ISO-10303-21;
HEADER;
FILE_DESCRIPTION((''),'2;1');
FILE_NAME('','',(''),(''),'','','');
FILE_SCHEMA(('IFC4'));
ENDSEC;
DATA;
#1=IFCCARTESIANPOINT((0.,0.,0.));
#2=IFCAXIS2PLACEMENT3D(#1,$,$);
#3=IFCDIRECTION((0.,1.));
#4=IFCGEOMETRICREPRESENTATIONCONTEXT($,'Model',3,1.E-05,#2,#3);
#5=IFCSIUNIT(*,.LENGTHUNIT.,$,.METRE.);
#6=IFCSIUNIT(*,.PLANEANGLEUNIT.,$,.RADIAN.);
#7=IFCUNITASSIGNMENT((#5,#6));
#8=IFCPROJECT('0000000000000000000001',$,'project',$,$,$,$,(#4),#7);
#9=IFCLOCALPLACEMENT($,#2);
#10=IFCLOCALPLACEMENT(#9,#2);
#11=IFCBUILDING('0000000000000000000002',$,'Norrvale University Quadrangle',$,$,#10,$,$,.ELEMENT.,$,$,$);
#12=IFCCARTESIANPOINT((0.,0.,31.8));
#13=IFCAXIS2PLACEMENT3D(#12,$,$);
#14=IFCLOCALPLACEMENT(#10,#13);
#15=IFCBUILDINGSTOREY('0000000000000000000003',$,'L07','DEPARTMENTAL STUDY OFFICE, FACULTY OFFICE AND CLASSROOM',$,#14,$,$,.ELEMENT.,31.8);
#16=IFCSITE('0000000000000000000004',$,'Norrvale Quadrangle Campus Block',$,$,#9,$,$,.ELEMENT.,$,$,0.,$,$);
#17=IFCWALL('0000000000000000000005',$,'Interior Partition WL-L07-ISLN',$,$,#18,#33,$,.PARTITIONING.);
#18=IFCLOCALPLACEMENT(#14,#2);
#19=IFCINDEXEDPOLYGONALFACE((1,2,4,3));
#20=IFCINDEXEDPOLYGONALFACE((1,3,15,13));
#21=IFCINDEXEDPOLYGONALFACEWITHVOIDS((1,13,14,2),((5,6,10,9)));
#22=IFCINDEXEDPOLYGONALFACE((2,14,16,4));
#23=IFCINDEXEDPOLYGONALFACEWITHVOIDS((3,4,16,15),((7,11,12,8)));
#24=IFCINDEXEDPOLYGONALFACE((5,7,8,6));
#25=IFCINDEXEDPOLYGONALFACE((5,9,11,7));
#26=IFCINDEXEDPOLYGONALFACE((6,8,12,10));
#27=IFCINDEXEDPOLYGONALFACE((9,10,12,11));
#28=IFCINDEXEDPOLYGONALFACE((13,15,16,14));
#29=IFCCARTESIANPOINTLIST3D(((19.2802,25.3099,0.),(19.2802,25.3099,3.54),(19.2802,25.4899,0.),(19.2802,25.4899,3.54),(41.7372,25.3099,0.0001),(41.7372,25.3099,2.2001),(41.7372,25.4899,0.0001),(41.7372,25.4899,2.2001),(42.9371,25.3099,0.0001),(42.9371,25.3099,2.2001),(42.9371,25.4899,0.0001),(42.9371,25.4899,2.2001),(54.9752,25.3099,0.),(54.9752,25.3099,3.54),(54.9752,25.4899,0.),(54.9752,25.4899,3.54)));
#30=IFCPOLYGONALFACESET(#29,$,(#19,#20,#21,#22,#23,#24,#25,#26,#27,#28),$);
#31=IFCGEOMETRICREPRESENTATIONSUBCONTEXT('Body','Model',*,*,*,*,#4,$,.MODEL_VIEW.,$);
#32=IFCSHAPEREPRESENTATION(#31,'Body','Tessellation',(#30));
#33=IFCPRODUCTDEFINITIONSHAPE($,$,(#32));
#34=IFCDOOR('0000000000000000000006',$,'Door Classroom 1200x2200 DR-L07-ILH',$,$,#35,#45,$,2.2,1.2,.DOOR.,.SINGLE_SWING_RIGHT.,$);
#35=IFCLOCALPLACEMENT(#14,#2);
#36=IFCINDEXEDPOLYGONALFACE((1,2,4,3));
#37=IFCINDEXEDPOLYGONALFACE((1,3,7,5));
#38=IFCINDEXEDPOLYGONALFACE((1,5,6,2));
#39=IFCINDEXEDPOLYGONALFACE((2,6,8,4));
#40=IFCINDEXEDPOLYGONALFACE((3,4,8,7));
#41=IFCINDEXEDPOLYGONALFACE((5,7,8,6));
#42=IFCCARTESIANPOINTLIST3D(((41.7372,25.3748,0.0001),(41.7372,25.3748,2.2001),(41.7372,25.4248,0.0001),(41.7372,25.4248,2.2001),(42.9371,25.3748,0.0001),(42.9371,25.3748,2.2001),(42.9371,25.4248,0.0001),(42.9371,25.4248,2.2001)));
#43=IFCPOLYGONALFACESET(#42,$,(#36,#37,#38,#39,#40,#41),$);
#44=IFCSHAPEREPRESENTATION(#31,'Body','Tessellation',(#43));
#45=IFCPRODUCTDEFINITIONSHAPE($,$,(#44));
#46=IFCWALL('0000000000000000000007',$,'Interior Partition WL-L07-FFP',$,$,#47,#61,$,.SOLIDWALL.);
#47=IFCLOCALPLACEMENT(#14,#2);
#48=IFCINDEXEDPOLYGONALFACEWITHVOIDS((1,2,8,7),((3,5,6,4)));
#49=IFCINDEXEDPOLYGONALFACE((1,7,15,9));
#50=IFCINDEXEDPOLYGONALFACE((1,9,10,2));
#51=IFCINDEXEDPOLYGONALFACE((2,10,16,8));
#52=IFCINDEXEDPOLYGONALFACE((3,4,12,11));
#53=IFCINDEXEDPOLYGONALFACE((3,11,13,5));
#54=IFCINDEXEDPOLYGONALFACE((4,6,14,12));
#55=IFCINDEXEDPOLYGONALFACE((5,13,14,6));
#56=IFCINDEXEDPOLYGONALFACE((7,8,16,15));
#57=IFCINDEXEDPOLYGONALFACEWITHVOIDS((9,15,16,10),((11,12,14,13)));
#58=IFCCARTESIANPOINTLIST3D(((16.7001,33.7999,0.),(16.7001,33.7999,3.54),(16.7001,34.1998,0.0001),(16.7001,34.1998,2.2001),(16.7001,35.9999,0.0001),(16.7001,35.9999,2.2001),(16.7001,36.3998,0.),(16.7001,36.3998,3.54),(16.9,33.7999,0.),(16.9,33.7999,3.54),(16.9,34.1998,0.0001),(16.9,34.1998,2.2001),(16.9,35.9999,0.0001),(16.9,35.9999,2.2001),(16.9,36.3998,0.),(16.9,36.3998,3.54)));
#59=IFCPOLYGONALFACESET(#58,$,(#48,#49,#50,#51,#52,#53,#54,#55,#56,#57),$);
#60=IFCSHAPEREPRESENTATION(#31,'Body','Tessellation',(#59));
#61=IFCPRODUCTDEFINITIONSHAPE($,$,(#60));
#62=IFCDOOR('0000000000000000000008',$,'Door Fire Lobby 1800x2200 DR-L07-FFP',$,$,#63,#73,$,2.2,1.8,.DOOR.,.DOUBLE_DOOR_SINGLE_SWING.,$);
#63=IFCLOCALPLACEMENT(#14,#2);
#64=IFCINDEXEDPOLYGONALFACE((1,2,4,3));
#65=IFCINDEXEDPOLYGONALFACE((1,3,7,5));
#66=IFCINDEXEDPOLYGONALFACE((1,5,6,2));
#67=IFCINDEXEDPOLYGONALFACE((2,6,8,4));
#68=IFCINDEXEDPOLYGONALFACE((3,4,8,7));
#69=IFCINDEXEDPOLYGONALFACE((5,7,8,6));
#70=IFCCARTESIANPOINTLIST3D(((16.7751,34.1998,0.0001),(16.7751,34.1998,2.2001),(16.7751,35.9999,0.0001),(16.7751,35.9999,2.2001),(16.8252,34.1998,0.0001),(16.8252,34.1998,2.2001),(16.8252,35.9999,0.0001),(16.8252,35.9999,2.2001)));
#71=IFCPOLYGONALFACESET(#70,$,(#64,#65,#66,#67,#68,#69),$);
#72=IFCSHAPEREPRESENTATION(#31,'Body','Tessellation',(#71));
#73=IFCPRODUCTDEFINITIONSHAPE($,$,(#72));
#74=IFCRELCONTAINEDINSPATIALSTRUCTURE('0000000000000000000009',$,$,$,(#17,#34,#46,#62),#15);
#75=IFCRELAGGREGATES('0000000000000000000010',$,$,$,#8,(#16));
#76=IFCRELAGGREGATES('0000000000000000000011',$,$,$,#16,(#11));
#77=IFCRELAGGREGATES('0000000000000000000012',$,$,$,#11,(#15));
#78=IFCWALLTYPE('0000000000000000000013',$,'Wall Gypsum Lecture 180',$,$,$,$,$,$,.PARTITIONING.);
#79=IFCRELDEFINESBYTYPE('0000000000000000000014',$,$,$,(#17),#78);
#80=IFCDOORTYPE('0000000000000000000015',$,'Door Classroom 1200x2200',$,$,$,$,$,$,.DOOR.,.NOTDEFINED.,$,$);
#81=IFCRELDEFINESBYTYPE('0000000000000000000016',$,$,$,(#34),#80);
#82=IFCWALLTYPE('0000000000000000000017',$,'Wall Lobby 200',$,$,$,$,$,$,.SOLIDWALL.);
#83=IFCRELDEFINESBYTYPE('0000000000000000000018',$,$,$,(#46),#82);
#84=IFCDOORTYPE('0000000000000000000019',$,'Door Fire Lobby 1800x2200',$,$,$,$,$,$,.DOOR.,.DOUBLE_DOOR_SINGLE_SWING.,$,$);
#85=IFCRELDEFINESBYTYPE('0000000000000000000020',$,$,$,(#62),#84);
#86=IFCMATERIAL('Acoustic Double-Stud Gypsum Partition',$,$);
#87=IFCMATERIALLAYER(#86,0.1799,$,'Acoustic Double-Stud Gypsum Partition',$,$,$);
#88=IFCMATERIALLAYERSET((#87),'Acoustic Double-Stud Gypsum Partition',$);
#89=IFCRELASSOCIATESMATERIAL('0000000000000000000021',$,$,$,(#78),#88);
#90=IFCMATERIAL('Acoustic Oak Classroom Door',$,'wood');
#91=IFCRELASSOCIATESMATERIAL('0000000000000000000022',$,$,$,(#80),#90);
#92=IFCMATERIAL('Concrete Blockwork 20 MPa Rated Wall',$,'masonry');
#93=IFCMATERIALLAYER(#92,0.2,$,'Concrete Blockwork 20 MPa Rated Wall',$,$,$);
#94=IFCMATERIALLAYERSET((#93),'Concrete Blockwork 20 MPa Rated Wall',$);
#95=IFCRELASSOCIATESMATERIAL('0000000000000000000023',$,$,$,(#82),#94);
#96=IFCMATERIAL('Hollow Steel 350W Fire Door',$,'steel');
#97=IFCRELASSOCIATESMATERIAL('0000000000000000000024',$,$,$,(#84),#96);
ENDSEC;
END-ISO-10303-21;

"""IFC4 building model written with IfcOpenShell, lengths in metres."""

from ifc_helpers import new_model, si_unit, direction, frame, frame_2d, origin, place, context, subcontext, project, spatial, rectangle, extrude, material, layer, layer_set, type_object, element, fill, save


model = new_model("IFC4")

# Units and contexts
model_context = context("Model", 3, precision=1e-05, world=origin(), true_north=direction((0.0, 1.0)))
body_context = subcontext(model_context, "Body", "Model", "MODEL_VIEW")
ifc_project = project(units=[si_unit("LENGTHUNIT", "METRE"), si_unit("PLANEANGLEUNIT", "RADIAN")], contexts=[model_context])

# Site, building, storey
site_placement = place(None, origin())
site = spatial("IfcSite", under=ifc_project, at=site_placement, Name="Norrvale Quadrangle Campus Block", CompositionType="ELEMENT", RefElevation=0.0)
building_placement = place(site_placement, origin())
building = spatial("IfcBuilding", under=site, at=building_placement, Name="Norrvale University Quadrangle", CompositionType="ELEMENT")
storey_placement = place(building_placement, frame((0.0, 0.0, 31.8)))
storey = spatial("IfcBuildingStorey", under=building, at=storey_placement, Name="L07", Description="DEPARTMENTAL STUDY OFFICE, FACULTY OFFICE AND CLASSROOM", CompositionType="ELEMENT", Elevation=31.8)

# Walls, openings, doors
ifc_material_1 = material(Name="Acoustic Double-Stud Gypsum Partition")
ifc_layer_1 = layer(ifc_material_1, 0.1799, Name="Acoustic Double-Stud Gypsum Partition")
ifc_layer_set_1 = layer_set([ifc_layer_1], Name="Acoustic Double-Stud Gypsum Partition")
wall_type_1 = type_object("IfcWallType", Name="Wall Gypsum Lecture 180", PredefinedType="PARTITIONING", material=ifc_layer_set_1)
wall_1_placement = place(storey_placement, frame((19.28, 25.3999, 0.0), z_axis=(0.0, 0.0, 1.0), x_axis=(1.0, 0.0, 0.0)))
wall_1 = element("IfcWall", 1, at=wall_1_placement, inside=storey, type_object=wall_type_1, Name="Interior Partition WL-L07-ISLN", PredefinedType="PARTITIONING", context=body_context, shape_type="SweptSolid", body=[
    extrude(rectangle(XDim=35.6951, YDim=0.1799, at=frame_2d((17.8477, 0.0))), origin(), (0.0, 0.0, 1.0), 3.54),
])
opening_1_placement = place(wall_1_placement, frame((22.457, 0.0, 0.0)))
opening_1 = element("IfcOpeningElement", 2, at=opening_1_placement, cuts=wall_1, PredefinedType="OPENING", context=body_context, shape_type="SweptSolid", body=[
    extrude(rectangle(XDim=1.2, YDim=2.2, at=frame_2d((0.6001, 1.1001))), frame((0.0, 0.1021, 0.0), z_axis=(0.0, -1.0, 0.0), x_axis=(1.0, 0.0, 0.0)), (0.0, 0.0, 1.0), 0.2039),
])
ifc_material_2 = material(Name="Acoustic Oak Classroom Door", Category="wood")
door_type_1 = type_object("IfcDoorType", Name="Door Classroom 1200x2200", OperationType="NOTDEFINED", PredefinedType="DOOR", material=ifc_material_2)
door_1_placement = place(opening_1_placement, origin())
door_1 = element("IfcDoor", 3, at=door_1_placement, inside=storey, type_object=door_type_1, Name="Door Classroom 1200x2200 DR-L07-ILH", OperationType="SINGLE_SWING_RIGHT", OverallHeight=2.2, OverallWidth=1.2, PredefinedType="DOOR", context=body_context, shape_type="SweptSolid", body=[
    extrude(rectangle(XDim=1.2, YDim=2.2, at=frame_2d((0.6001, 1.1001))), frame((0.0, 0.0249, 0.0), z_axis=(0.0, -1.0, 0.0), x_axis=(1.0, 0.0, 0.0)), (0.0, 0.0, 1.0), 0.05),
])
fill(opening_1, door_1)
ifc_material_3 = material(Name="Concrete Blockwork 20 MPa Rated Wall", Category="masonry")
ifc_layer_2 = layer(ifc_material_3, 0.2, Name="Concrete Blockwork 20 MPa Rated Wall")
ifc_layer_set_2 = layer_set([ifc_layer_2], Name="Concrete Blockwork 20 MPa Rated Wall")
wall_type_2 = type_object("IfcWallType", Name="Wall Lobby 200", PredefinedType="SOLIDWALL", material=ifc_layer_set_2)
wall_2_placement = place(storey_placement, frame((16.8, 33.8, 0.0), z_axis=(0.0, 0.0, 1.0), x_axis=(0.0, 1.0, 0.0)))
wall_2 = element("IfcWall", 4, at=wall_2_placement, inside=storey, type_object=wall_type_2, Name="Interior Partition WL-L07-FFP", PredefinedType="SOLIDWALL", context=body_context, shape_type="SweptSolid", body=[
    extrude(rectangle(XDim=2.5999, YDim=0.2, at=frame_2d((1.2998, 0.0))), origin(), (0.0, 0.0, 1.0), 3.54),
])
opening_2_placement = place(wall_2_placement, frame((0.3999, 0.0, 0.0)))
opening_2 = element("IfcOpeningElement", 5, at=opening_2_placement, cuts=wall_2, PredefinedType="OPENING", context=body_context, shape_type="SweptSolid", body=[
    extrude(rectangle(XDim=1.8, YDim=2.2, at=frame_2d((0.8999, 1.1001))), frame((0.0, 0.1121, 0.0), z_axis=(0.0, -1.0, 0.0), x_axis=(1.0, 0.0, 0.0)), (0.0, 0.0, 1.0), 0.2239),
])
ifc_material_4 = material(Name="Hollow Steel 350W Fire Door", Category="steel")
door_type_2 = type_object("IfcDoorType", Name="Door Fire Lobby 1800x2200", OperationType="DOUBLE_DOOR_SINGLE_SWING", PredefinedType="DOOR", material=ifc_material_4)
door_2_placement = place(opening_2_placement, origin())
door_2 = element("IfcDoor", 6, at=door_2_placement, inside=storey, type_object=door_type_2, Name="Door Fire Lobby 1800x2200 DR-L07-FFP", OperationType="DOUBLE_DOOR_SINGLE_SWING", OverallHeight=2.2, OverallWidth=1.8, PredefinedType="DOOR", context=body_context, shape_type="SweptSolid", body=[
    extrude(rectangle(XDim=1.8, YDim=2.2, at=frame_2d((0.8999, 1.1001))), frame((0.0, 0.0249, 0.0), z_axis=(0.0, -1.0, 0.0), x_axis=(1.0, 0.0, 0.0)), (0.0, 0.0, 1.0), 0.05),
])
fill(opening_2, door_2)

save(model, "model.ifc")
